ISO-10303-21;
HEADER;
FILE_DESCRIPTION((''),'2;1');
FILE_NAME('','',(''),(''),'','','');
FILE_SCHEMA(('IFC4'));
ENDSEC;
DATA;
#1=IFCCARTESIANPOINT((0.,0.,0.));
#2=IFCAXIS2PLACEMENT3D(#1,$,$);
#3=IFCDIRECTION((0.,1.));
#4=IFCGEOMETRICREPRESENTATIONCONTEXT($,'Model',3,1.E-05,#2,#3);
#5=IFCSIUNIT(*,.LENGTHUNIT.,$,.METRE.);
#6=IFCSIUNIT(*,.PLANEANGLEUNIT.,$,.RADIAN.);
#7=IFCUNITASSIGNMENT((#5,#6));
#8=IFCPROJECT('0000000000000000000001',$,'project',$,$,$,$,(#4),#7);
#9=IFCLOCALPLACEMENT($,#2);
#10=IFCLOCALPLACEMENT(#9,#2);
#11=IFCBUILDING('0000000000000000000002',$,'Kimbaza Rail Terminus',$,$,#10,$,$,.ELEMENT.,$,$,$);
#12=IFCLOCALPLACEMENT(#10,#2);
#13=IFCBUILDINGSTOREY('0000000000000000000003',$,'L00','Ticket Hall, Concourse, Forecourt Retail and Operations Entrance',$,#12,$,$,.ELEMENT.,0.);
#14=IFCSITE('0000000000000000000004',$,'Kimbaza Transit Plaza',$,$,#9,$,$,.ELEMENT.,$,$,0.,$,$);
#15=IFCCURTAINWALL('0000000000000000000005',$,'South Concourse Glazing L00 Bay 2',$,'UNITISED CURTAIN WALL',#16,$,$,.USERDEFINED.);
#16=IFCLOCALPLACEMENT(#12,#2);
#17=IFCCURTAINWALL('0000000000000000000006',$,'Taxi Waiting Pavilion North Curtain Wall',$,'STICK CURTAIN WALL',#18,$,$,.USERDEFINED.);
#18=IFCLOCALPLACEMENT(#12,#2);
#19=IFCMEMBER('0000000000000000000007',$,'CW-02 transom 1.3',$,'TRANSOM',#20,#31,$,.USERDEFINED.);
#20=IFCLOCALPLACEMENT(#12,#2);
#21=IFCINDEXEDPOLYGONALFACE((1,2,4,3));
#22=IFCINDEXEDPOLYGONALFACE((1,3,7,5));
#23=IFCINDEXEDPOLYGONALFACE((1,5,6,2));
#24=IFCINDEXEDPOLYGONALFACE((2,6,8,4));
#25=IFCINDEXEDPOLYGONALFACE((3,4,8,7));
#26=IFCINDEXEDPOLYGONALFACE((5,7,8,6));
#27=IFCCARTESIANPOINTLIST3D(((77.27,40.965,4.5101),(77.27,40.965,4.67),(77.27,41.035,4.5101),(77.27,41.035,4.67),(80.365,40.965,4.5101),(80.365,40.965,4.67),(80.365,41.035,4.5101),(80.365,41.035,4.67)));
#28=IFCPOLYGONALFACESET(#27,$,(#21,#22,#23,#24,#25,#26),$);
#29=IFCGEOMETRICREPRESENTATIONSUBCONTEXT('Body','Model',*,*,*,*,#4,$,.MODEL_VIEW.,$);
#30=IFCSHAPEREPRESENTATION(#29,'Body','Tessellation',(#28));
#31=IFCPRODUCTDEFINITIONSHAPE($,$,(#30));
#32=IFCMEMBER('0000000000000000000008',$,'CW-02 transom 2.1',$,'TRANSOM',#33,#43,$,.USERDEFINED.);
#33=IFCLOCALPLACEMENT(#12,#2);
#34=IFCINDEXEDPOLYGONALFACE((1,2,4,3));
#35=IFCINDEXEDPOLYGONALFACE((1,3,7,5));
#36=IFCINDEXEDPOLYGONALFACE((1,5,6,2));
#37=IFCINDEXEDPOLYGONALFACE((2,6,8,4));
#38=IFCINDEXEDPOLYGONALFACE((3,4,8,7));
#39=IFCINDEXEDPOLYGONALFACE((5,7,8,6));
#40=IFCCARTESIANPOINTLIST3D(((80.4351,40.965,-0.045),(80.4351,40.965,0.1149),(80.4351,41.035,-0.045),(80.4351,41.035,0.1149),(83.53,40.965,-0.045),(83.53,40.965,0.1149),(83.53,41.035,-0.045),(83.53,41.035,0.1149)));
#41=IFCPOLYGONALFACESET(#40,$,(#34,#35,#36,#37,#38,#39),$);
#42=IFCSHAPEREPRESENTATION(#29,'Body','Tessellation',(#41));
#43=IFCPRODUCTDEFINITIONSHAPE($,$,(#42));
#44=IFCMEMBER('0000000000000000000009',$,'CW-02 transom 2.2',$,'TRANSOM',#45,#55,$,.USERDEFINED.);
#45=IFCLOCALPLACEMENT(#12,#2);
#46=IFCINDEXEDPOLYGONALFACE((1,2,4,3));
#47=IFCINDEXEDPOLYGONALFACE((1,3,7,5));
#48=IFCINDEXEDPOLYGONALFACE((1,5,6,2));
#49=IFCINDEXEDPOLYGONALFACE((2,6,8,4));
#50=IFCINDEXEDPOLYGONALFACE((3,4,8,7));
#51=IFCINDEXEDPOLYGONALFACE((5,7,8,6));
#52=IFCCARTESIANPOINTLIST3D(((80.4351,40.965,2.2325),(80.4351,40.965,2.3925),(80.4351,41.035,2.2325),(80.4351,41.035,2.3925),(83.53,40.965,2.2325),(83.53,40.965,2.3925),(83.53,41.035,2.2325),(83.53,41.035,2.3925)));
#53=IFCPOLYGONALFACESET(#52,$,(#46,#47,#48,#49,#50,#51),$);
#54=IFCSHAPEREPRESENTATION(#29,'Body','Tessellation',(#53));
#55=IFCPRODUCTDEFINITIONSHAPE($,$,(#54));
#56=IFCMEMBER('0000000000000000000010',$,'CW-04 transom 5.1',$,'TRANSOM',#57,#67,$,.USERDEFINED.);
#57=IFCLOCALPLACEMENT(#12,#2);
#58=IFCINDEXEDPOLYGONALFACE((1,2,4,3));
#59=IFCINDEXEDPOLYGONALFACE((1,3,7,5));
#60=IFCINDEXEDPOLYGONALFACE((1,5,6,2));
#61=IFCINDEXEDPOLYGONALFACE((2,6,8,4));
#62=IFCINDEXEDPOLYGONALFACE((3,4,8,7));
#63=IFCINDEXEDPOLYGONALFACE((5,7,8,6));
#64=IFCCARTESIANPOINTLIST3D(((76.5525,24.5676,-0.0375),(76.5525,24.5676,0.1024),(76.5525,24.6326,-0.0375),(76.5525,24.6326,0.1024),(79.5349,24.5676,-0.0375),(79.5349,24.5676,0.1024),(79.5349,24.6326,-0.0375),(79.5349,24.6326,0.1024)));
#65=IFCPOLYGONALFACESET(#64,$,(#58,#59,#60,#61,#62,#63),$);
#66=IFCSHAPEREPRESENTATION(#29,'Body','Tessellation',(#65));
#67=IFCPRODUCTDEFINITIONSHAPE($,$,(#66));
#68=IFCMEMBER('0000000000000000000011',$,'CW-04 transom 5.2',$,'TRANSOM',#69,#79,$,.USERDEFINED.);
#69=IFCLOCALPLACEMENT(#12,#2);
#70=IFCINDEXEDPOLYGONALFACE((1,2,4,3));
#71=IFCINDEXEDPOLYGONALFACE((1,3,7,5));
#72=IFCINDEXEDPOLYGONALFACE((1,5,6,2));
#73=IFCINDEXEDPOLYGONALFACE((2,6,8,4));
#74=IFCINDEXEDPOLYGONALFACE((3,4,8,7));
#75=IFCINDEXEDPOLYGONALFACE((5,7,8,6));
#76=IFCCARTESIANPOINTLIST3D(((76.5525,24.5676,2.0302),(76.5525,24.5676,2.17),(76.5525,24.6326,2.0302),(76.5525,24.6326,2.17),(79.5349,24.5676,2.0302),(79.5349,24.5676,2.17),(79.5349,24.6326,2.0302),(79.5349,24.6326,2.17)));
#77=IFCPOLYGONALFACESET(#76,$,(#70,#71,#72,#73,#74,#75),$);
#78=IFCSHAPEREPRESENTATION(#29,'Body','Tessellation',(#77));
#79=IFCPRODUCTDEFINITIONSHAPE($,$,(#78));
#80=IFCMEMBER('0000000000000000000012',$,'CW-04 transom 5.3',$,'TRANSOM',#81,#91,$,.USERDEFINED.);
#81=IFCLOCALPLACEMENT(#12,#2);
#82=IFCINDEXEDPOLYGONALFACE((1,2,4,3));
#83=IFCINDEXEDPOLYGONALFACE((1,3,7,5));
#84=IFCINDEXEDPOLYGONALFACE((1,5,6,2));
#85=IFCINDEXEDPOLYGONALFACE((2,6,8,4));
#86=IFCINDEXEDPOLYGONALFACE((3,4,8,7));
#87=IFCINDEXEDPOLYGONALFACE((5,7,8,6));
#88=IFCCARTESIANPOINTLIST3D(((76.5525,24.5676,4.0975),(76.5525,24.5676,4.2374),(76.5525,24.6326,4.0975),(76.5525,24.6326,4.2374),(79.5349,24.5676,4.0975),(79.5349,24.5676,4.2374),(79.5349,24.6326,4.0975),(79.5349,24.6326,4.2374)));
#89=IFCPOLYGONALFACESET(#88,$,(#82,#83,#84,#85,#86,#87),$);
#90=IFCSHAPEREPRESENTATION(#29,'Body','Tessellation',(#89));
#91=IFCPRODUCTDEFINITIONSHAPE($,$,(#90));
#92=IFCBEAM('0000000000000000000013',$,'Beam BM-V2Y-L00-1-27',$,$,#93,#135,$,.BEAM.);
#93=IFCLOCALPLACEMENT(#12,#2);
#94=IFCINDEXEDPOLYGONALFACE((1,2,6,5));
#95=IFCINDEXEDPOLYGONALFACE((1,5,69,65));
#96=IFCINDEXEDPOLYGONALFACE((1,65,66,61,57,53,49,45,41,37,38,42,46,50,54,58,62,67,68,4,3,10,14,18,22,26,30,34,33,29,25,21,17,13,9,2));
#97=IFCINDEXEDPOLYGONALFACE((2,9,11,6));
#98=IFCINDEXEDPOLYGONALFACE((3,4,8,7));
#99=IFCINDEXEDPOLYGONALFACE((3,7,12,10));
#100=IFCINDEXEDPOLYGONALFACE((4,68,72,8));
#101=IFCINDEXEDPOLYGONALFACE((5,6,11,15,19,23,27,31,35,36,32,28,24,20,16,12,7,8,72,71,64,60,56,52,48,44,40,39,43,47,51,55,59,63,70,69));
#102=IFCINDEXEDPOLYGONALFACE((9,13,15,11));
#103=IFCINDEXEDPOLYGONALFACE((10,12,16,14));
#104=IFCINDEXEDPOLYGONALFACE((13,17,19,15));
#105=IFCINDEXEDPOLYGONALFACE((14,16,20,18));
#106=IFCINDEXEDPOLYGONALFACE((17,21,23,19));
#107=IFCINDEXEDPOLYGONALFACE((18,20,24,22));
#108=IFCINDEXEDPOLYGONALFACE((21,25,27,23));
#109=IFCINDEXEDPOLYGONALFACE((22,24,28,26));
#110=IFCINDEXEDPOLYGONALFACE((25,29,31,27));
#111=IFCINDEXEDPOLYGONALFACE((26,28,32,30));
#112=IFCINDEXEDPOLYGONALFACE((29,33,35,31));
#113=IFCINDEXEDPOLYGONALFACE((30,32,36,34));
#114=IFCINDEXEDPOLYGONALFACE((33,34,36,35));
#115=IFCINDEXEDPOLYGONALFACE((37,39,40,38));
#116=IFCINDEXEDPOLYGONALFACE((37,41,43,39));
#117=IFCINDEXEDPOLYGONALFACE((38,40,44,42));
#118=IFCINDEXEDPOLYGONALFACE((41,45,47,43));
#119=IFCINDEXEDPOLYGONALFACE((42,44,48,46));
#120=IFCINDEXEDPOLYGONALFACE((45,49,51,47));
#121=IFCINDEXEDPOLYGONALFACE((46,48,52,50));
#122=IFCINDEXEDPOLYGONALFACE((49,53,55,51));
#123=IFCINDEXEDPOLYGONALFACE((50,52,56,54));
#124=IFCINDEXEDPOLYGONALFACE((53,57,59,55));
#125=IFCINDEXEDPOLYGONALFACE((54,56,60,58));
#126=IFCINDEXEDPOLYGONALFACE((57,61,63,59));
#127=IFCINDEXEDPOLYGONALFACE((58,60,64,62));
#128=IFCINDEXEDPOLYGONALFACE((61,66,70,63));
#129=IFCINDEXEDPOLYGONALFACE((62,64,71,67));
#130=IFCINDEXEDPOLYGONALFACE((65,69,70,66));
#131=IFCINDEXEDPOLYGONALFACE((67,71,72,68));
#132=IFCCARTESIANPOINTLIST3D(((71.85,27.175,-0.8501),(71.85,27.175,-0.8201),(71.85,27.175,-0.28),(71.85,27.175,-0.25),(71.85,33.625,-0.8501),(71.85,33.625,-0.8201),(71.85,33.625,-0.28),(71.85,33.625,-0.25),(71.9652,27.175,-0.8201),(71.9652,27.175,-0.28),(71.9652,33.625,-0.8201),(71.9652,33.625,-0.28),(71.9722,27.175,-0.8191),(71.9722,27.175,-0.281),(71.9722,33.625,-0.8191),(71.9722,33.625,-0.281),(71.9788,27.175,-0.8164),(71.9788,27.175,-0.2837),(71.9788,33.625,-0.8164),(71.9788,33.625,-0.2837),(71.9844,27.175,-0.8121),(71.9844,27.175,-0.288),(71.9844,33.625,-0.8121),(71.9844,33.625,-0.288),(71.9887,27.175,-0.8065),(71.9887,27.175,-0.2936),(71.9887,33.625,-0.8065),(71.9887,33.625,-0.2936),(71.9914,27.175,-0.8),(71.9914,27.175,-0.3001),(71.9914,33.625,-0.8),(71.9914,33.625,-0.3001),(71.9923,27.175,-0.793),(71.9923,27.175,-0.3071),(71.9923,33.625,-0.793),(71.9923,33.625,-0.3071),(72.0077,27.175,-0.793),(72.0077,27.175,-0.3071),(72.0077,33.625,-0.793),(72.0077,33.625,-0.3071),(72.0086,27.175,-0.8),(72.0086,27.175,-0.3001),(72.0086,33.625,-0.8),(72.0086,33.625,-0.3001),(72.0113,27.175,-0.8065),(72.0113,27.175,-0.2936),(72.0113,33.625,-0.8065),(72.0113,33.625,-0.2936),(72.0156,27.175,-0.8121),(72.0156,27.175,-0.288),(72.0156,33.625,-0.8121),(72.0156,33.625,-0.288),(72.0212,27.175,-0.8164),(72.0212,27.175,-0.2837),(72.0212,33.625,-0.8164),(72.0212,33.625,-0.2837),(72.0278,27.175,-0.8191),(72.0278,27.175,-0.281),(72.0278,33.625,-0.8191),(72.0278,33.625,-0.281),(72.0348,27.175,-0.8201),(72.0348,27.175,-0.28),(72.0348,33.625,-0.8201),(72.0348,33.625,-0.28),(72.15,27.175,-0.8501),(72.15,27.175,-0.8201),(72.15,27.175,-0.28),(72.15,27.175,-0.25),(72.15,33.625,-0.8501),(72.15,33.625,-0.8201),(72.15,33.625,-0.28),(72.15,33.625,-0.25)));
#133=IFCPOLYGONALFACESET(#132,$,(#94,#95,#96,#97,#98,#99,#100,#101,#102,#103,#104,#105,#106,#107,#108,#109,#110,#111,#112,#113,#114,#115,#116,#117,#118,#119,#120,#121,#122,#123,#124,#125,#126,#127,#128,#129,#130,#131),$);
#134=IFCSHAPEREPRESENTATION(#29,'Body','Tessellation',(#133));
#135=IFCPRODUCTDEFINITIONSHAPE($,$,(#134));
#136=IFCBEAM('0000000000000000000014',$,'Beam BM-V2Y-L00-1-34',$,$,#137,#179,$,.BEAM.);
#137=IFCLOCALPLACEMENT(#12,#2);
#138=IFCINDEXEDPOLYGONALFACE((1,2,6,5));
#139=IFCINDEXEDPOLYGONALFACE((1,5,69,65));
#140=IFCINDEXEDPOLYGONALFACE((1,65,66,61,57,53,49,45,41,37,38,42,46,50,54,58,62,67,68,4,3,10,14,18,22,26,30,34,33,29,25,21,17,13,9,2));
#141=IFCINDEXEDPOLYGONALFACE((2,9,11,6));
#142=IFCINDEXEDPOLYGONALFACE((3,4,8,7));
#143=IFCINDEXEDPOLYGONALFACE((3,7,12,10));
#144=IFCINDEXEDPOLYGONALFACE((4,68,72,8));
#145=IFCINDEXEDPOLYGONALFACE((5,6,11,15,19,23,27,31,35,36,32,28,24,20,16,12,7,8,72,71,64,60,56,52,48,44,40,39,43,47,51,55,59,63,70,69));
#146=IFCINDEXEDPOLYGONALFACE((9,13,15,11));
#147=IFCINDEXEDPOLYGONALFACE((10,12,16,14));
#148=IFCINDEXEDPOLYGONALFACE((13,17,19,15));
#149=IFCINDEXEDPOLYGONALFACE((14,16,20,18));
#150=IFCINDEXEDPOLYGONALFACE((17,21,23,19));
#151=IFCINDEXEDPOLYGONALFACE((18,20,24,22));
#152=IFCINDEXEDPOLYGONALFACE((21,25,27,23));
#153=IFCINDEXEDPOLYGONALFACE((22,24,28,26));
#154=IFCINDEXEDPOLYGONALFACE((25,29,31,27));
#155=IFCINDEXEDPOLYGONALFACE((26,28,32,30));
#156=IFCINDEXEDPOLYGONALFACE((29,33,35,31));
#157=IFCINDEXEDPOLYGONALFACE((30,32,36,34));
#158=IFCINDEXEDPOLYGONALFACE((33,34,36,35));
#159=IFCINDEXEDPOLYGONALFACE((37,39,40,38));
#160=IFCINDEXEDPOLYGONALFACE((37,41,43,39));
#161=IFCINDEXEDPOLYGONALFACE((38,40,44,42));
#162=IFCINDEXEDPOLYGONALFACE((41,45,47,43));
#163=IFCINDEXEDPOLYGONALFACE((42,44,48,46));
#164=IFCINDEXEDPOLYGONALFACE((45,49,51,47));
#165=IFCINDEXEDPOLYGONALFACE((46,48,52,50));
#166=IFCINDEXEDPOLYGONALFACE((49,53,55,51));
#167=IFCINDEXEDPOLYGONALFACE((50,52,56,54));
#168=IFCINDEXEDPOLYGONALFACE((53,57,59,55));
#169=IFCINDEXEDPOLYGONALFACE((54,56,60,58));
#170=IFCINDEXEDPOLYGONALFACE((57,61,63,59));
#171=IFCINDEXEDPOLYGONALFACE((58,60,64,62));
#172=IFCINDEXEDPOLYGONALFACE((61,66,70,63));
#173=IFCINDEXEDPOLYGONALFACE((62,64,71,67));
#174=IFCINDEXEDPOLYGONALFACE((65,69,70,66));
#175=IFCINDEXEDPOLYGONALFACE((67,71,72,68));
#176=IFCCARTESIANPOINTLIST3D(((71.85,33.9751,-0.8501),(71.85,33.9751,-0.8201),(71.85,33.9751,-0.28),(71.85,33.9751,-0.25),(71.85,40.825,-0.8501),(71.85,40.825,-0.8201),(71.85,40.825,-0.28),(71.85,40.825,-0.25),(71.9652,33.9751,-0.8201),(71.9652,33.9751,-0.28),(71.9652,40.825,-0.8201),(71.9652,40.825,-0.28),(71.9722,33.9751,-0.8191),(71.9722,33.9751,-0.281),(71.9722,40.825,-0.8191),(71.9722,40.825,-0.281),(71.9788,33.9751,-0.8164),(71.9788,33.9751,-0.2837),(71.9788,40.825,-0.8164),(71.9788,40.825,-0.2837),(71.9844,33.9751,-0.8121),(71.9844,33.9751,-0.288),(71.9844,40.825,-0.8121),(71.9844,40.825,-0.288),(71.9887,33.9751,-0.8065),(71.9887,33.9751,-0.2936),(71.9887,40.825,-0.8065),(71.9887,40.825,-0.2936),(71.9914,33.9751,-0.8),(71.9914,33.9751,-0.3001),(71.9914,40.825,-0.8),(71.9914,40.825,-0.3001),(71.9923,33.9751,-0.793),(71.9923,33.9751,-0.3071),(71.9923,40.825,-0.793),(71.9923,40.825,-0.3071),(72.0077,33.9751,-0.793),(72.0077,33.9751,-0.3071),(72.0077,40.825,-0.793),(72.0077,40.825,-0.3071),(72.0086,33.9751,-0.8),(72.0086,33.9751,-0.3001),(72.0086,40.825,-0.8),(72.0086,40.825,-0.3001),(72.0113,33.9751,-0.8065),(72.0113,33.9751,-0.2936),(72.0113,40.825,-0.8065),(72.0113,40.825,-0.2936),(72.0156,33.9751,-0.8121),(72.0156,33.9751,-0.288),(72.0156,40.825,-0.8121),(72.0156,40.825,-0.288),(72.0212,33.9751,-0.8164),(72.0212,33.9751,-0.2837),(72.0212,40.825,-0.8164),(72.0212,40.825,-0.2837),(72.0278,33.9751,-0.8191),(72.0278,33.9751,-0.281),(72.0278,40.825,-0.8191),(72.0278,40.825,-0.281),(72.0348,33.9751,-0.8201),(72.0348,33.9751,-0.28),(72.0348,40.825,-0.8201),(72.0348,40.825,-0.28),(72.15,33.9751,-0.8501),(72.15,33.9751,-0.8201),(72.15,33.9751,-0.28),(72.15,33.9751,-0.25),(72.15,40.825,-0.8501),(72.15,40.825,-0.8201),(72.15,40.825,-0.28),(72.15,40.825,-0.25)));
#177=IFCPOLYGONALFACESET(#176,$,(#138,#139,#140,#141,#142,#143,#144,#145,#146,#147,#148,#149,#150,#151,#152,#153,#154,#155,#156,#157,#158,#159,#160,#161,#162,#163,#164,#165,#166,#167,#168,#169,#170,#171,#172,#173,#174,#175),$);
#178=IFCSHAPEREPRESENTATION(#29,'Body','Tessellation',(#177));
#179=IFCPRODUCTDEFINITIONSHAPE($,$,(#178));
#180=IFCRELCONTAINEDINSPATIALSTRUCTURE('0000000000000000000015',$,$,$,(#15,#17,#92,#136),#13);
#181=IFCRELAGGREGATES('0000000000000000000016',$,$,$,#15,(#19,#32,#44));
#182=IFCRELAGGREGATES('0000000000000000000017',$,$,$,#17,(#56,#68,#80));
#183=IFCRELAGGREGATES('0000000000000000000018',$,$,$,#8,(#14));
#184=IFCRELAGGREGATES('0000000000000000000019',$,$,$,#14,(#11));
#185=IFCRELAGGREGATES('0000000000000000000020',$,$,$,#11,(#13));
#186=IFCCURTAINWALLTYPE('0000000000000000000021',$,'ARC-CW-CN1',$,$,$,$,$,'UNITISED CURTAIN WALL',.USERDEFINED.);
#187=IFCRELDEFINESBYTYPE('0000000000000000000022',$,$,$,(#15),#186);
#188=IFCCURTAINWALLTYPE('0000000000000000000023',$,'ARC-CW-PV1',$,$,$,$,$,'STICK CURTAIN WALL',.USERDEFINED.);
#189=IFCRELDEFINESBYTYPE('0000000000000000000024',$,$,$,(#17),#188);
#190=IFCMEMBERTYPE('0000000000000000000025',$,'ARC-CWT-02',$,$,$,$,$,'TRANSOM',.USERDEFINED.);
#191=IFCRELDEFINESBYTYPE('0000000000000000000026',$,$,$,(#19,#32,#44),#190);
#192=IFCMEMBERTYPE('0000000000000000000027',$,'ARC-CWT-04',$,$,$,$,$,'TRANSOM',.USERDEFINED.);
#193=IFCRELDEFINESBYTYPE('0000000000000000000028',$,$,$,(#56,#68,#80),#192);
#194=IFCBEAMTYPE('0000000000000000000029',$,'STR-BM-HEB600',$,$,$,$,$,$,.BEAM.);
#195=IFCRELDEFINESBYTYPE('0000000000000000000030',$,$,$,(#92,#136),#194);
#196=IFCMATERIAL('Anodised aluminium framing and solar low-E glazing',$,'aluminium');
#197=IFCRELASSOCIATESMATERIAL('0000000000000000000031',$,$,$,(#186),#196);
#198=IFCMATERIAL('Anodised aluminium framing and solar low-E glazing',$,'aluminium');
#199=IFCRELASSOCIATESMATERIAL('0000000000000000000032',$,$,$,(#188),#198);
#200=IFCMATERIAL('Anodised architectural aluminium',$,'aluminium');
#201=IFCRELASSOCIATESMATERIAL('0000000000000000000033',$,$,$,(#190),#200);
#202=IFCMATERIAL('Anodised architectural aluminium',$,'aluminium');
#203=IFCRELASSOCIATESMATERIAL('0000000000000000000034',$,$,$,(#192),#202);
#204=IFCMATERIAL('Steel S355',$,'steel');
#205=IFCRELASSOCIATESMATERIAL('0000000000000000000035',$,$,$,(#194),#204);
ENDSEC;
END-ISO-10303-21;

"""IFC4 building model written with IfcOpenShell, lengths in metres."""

from ifc_helpers import new_model, si_unit, direction, frame, origin, origin_2d, place, context, subcontext, project, spatial, rectangle, i_section, extrude, material, material_profile, profile_set, type_object, element, aggregate, save


model = new_model("IFC4")

# Units and contexts
model_context = context("Model", 3, precision=1e-05, world=origin(), true_north=direction((0.0, 1.0)))
body_context = subcontext(model_context, "Body", "Model", "MODEL_VIEW")
ifc_project = project(units=[si_unit("LENGTHUNIT", "METRE"), si_unit("PLANEANGLEUNIT", "RADIAN")], contexts=[model_context])

# Site, building, storey
site_placement = place(None, origin())
site = spatial("IfcSite", under=ifc_project, at=site_placement, Name="Kimbaza Transit Plaza", CompositionType="ELEMENT", RefElevation=0.0)
building_placement = place(site_placement, origin())
building = spatial("IfcBuilding", under=site, at=building_placement, Name="Kimbaza Rail Terminus", CompositionType="ELEMENT")
storey_placement = place(building_placement, origin())
storey = spatial("IfcBuildingStorey", under=building, at=storey_placement, Name="L00", Description="Ticket Hall, Concourse, Forecourt Retail and Operations Entrance", CompositionType="ELEMENT", Elevation=0.0)

# Curtain walls
ifc_material_1 = material(Name="Anodised aluminium framing and solar low-E glazing", Category="aluminium")
curtain_wall_type_1 = type_object("IfcCurtainWallType", Name="ARC-CW-CN1", ElementType="UNITISED CURTAIN WALL", PredefinedType="USERDEFINED", material=ifc_material_1)
curtain_wall_1_placement = place(storey_placement, origin())
curtain_wall_1 = element("IfcCurtainWall", 1, at=curtain_wall_1_placement, inside=storey, type_object=curtain_wall_type_1, Name="South Concourse Glazing L00 Bay 2", ObjectType="UNITISED CURTAIN WALL", PredefinedType="USERDEFINED")
ifc_material_2 = material(Name="Anodised aluminium framing and solar low-E glazing", Category="aluminium")
curtain_wall_type_2 = type_object("IfcCurtainWallType", Name="ARC-CW-PV1", ElementType="STICK CURTAIN WALL", PredefinedType="USERDEFINED", material=ifc_material_2)
curtain_wall_2_placement = place(storey_placement, origin())
curtain_wall_2 = element("IfcCurtainWall", 2, at=curtain_wall_2_placement, inside=storey, type_object=curtain_wall_type_2, Name="Taxi Waiting Pavilion North Curtain Wall", ObjectType="STICK CURTAIN WALL", PredefinedType="USERDEFINED")

# Members
ifc_material_3 = material(Name="Anodised architectural aluminium", Category="aluminium")
ifc_material_profile_1 = material_profile(ifc_material_3, rectangle(XDim=0.0701, YDim=0.1599, at=origin_2d()), Name="TRANSOM 70x160")
ifc_profile_set_1 = profile_set([ifc_material_profile_1], Name="Anodised architectural aluminium")
member_type_1 = type_object("IfcMemberType", Name="ARC-CWT-02", ElementType="TRANSOM", PredefinedType="USERDEFINED", material=ifc_profile_set_1)
member_1_placement = place(storey_placement, frame((77.27, 41.0, 4.5901), z_axis=(1.0, 0.0, 0.0), x_axis=(0.0, 1.0, 0.0)))
member_1 = element("IfcMember", 3, at=member_1_placement, type_object=member_type_1, Name="CW-02 transom 1.3", ObjectType="TRANSOM", PredefinedType="USERDEFINED", context=body_context, shape_type="SweptSolid", body=[
    extrude(rectangle(XDim=0.0701, YDim=0.1599, at=origin_2d()), origin(), (0.0, 0.0, 1.0), 3.095),
])
member_2_placement = place(storey_placement, frame((80.4351, 41.0, 0.0349), z_axis=(1.0, 0.0, 0.0), x_axis=(0.0, 1.0, 0.0)))
member_2 = element("IfcMember", 4, at=member_2_placement, type_object=member_type_1, Name="CW-02 transom 2.1", ObjectType="TRANSOM", PredefinedType="USERDEFINED", context=body_context, shape_type="SweptSolid", body=[
    extrude(rectangle(XDim=0.0701, YDim=0.1599, at=origin_2d()), origin(), (0.0, 0.0, 1.0), 3.095),
])
member_3_placement = place(storey_placement, frame((80.4351, 41.0, 2.3125), z_axis=(1.0, 0.0, 0.0), x_axis=(0.0, 1.0, 0.0)))
member_3 = element("IfcMember", 5, at=member_3_placement, type_object=member_type_1, Name="CW-02 transom 2.2", ObjectType="TRANSOM", PredefinedType="USERDEFINED", context=body_context, shape_type="SweptSolid", body=[
    extrude(rectangle(XDim=0.0701, YDim=0.1599, at=origin_2d()), origin(), (0.0, 0.0, 1.0), 3.095),
])
ifc_material_4 = material(Name="Anodised architectural aluminium", Category="aluminium")
ifc_material_profile_2 = material_profile(ifc_material_4, rectangle(XDim=0.0649, YDim=0.1399, at=origin_2d()), Name="TRANSOM 65x140")
ifc_profile_set_2 = profile_set([ifc_material_profile_2], Name="Anodised architectural aluminium")
member_type_2 = type_object("IfcMemberType", Name="ARC-CWT-04", ElementType="TRANSOM", PredefinedType="USERDEFINED", material=ifc_profile_set_2)
member_4_placement = place(storey_placement, frame((76.5525, 24.6001, 0.0325), z_axis=(1.0, 0.0, 0.0), x_axis=(0.0, 1.0, 0.0)))
member_4 = element("IfcMember", 6, at=member_4_placement, type_object=member_type_2, Name="CW-04 transom 5.1", ObjectType="TRANSOM", PredefinedType="USERDEFINED", context=body_context, shape_type="SweptSolid", body=[
    extrude(rectangle(XDim=0.0649, YDim=0.1399, at=origin_2d()), origin(), (0.0, 0.0, 1.0), 2.9824),
])
member_5_placement = place(storey_placement, frame((76.5525, 24.6001, 2.1001), z_axis=(1.0, 0.0, 0.0), x_axis=(0.0, 1.0, 0.0)))
member_5 = element("IfcMember", 7, at=member_5_placement, type_object=member_type_2, Name="CW-04 transom 5.2", ObjectType="TRANSOM", PredefinedType="USERDEFINED", context=body_context, shape_type="SweptSolid", body=[
    extrude(rectangle(XDim=0.0649, YDim=0.1399, at=origin_2d()), origin(), (0.0, 0.0, 1.0), 2.9824),
])
member_6_placement = place(storey_placement, frame((76.5525, 24.6001, 4.1675), z_axis=(1.0, 0.0, 0.0), x_axis=(0.0, 1.0, 0.0)))
member_6 = element("IfcMember", 8, at=member_6_placement, type_object=member_type_2, Name="CW-04 transom 5.3", ObjectType="TRANSOM", PredefinedType="USERDEFINED", context=body_context, shape_type="SweptSolid", body=[
    extrude(rectangle(XDim=0.0649, YDim=0.1399, at=origin_2d()), origin(), (0.0, 0.0, 1.0), 2.9824),
])

# Beams
ifc_material_5 = material(Name="Steel S355", Category="steel")
ifc_material_profile_3 = material_profile(ifc_material_5, i_section(OverallWidth=0.3, OverallDepth=0.6001, WebThickness=0.0154, FlangeThickness=0.03, FilletRadius=0.0271, at=origin_2d()), Name="HEB 600")
ifc_profile_set_3 = profile_set([ifc_material_profile_3], Name="Steel S355")
beam_type_1 = type_object("IfcBeamType", Name="STR-BM-HEB600", PredefinedType="BEAM", material=ifc_profile_set_3)
beam_1_placement = place(storey_placement, frame((72.0, 27.175, -0.55), z_axis=(0.0, 1.0, 0.0), x_axis=(-1.0, 0.0, 0.0)))
element("IfcBeam", 9, at=beam_1_placement, inside=storey, type_object=beam_type_1, Name="Beam BM-V2Y-L00-1-27", PredefinedType="BEAM", context=body_context, shape_type="SweptSolid", body=[
    extrude(i_section(OverallWidth=0.3, OverallDepth=0.6001, WebThickness=0.0154, FlangeThickness=0.03, FilletRadius=0.0271, at=origin_2d()), origin(), (0.0, 0.0, 1.0), 6.45),
])
beam_2_placement = place(storey_placement, frame((72.0, 33.9751, -0.55), z_axis=(0.0, 1.0, 0.0), x_axis=(-1.0, 0.0, 0.0)))
element("IfcBeam", 10, at=beam_2_placement, inside=storey, type_object=beam_type_1, Name="Beam BM-V2Y-L00-1-34", PredefinedType="BEAM", context=body_context, shape_type="SweptSolid", body=[
    extrude(i_section(OverallWidth=0.3, OverallDepth=0.6001, WebThickness=0.0154, FlangeThickness=0.03, FilletRadius=0.0271, at=origin_2d()), origin(), (0.0, 0.0, 1.0), 6.8499),
])

aggregate(curtain_wall_1, [member_1, member_2, member_3])
aggregate(curtain_wall_2, [member_4, member_5, member_6])

save(model, "model.ifc")
